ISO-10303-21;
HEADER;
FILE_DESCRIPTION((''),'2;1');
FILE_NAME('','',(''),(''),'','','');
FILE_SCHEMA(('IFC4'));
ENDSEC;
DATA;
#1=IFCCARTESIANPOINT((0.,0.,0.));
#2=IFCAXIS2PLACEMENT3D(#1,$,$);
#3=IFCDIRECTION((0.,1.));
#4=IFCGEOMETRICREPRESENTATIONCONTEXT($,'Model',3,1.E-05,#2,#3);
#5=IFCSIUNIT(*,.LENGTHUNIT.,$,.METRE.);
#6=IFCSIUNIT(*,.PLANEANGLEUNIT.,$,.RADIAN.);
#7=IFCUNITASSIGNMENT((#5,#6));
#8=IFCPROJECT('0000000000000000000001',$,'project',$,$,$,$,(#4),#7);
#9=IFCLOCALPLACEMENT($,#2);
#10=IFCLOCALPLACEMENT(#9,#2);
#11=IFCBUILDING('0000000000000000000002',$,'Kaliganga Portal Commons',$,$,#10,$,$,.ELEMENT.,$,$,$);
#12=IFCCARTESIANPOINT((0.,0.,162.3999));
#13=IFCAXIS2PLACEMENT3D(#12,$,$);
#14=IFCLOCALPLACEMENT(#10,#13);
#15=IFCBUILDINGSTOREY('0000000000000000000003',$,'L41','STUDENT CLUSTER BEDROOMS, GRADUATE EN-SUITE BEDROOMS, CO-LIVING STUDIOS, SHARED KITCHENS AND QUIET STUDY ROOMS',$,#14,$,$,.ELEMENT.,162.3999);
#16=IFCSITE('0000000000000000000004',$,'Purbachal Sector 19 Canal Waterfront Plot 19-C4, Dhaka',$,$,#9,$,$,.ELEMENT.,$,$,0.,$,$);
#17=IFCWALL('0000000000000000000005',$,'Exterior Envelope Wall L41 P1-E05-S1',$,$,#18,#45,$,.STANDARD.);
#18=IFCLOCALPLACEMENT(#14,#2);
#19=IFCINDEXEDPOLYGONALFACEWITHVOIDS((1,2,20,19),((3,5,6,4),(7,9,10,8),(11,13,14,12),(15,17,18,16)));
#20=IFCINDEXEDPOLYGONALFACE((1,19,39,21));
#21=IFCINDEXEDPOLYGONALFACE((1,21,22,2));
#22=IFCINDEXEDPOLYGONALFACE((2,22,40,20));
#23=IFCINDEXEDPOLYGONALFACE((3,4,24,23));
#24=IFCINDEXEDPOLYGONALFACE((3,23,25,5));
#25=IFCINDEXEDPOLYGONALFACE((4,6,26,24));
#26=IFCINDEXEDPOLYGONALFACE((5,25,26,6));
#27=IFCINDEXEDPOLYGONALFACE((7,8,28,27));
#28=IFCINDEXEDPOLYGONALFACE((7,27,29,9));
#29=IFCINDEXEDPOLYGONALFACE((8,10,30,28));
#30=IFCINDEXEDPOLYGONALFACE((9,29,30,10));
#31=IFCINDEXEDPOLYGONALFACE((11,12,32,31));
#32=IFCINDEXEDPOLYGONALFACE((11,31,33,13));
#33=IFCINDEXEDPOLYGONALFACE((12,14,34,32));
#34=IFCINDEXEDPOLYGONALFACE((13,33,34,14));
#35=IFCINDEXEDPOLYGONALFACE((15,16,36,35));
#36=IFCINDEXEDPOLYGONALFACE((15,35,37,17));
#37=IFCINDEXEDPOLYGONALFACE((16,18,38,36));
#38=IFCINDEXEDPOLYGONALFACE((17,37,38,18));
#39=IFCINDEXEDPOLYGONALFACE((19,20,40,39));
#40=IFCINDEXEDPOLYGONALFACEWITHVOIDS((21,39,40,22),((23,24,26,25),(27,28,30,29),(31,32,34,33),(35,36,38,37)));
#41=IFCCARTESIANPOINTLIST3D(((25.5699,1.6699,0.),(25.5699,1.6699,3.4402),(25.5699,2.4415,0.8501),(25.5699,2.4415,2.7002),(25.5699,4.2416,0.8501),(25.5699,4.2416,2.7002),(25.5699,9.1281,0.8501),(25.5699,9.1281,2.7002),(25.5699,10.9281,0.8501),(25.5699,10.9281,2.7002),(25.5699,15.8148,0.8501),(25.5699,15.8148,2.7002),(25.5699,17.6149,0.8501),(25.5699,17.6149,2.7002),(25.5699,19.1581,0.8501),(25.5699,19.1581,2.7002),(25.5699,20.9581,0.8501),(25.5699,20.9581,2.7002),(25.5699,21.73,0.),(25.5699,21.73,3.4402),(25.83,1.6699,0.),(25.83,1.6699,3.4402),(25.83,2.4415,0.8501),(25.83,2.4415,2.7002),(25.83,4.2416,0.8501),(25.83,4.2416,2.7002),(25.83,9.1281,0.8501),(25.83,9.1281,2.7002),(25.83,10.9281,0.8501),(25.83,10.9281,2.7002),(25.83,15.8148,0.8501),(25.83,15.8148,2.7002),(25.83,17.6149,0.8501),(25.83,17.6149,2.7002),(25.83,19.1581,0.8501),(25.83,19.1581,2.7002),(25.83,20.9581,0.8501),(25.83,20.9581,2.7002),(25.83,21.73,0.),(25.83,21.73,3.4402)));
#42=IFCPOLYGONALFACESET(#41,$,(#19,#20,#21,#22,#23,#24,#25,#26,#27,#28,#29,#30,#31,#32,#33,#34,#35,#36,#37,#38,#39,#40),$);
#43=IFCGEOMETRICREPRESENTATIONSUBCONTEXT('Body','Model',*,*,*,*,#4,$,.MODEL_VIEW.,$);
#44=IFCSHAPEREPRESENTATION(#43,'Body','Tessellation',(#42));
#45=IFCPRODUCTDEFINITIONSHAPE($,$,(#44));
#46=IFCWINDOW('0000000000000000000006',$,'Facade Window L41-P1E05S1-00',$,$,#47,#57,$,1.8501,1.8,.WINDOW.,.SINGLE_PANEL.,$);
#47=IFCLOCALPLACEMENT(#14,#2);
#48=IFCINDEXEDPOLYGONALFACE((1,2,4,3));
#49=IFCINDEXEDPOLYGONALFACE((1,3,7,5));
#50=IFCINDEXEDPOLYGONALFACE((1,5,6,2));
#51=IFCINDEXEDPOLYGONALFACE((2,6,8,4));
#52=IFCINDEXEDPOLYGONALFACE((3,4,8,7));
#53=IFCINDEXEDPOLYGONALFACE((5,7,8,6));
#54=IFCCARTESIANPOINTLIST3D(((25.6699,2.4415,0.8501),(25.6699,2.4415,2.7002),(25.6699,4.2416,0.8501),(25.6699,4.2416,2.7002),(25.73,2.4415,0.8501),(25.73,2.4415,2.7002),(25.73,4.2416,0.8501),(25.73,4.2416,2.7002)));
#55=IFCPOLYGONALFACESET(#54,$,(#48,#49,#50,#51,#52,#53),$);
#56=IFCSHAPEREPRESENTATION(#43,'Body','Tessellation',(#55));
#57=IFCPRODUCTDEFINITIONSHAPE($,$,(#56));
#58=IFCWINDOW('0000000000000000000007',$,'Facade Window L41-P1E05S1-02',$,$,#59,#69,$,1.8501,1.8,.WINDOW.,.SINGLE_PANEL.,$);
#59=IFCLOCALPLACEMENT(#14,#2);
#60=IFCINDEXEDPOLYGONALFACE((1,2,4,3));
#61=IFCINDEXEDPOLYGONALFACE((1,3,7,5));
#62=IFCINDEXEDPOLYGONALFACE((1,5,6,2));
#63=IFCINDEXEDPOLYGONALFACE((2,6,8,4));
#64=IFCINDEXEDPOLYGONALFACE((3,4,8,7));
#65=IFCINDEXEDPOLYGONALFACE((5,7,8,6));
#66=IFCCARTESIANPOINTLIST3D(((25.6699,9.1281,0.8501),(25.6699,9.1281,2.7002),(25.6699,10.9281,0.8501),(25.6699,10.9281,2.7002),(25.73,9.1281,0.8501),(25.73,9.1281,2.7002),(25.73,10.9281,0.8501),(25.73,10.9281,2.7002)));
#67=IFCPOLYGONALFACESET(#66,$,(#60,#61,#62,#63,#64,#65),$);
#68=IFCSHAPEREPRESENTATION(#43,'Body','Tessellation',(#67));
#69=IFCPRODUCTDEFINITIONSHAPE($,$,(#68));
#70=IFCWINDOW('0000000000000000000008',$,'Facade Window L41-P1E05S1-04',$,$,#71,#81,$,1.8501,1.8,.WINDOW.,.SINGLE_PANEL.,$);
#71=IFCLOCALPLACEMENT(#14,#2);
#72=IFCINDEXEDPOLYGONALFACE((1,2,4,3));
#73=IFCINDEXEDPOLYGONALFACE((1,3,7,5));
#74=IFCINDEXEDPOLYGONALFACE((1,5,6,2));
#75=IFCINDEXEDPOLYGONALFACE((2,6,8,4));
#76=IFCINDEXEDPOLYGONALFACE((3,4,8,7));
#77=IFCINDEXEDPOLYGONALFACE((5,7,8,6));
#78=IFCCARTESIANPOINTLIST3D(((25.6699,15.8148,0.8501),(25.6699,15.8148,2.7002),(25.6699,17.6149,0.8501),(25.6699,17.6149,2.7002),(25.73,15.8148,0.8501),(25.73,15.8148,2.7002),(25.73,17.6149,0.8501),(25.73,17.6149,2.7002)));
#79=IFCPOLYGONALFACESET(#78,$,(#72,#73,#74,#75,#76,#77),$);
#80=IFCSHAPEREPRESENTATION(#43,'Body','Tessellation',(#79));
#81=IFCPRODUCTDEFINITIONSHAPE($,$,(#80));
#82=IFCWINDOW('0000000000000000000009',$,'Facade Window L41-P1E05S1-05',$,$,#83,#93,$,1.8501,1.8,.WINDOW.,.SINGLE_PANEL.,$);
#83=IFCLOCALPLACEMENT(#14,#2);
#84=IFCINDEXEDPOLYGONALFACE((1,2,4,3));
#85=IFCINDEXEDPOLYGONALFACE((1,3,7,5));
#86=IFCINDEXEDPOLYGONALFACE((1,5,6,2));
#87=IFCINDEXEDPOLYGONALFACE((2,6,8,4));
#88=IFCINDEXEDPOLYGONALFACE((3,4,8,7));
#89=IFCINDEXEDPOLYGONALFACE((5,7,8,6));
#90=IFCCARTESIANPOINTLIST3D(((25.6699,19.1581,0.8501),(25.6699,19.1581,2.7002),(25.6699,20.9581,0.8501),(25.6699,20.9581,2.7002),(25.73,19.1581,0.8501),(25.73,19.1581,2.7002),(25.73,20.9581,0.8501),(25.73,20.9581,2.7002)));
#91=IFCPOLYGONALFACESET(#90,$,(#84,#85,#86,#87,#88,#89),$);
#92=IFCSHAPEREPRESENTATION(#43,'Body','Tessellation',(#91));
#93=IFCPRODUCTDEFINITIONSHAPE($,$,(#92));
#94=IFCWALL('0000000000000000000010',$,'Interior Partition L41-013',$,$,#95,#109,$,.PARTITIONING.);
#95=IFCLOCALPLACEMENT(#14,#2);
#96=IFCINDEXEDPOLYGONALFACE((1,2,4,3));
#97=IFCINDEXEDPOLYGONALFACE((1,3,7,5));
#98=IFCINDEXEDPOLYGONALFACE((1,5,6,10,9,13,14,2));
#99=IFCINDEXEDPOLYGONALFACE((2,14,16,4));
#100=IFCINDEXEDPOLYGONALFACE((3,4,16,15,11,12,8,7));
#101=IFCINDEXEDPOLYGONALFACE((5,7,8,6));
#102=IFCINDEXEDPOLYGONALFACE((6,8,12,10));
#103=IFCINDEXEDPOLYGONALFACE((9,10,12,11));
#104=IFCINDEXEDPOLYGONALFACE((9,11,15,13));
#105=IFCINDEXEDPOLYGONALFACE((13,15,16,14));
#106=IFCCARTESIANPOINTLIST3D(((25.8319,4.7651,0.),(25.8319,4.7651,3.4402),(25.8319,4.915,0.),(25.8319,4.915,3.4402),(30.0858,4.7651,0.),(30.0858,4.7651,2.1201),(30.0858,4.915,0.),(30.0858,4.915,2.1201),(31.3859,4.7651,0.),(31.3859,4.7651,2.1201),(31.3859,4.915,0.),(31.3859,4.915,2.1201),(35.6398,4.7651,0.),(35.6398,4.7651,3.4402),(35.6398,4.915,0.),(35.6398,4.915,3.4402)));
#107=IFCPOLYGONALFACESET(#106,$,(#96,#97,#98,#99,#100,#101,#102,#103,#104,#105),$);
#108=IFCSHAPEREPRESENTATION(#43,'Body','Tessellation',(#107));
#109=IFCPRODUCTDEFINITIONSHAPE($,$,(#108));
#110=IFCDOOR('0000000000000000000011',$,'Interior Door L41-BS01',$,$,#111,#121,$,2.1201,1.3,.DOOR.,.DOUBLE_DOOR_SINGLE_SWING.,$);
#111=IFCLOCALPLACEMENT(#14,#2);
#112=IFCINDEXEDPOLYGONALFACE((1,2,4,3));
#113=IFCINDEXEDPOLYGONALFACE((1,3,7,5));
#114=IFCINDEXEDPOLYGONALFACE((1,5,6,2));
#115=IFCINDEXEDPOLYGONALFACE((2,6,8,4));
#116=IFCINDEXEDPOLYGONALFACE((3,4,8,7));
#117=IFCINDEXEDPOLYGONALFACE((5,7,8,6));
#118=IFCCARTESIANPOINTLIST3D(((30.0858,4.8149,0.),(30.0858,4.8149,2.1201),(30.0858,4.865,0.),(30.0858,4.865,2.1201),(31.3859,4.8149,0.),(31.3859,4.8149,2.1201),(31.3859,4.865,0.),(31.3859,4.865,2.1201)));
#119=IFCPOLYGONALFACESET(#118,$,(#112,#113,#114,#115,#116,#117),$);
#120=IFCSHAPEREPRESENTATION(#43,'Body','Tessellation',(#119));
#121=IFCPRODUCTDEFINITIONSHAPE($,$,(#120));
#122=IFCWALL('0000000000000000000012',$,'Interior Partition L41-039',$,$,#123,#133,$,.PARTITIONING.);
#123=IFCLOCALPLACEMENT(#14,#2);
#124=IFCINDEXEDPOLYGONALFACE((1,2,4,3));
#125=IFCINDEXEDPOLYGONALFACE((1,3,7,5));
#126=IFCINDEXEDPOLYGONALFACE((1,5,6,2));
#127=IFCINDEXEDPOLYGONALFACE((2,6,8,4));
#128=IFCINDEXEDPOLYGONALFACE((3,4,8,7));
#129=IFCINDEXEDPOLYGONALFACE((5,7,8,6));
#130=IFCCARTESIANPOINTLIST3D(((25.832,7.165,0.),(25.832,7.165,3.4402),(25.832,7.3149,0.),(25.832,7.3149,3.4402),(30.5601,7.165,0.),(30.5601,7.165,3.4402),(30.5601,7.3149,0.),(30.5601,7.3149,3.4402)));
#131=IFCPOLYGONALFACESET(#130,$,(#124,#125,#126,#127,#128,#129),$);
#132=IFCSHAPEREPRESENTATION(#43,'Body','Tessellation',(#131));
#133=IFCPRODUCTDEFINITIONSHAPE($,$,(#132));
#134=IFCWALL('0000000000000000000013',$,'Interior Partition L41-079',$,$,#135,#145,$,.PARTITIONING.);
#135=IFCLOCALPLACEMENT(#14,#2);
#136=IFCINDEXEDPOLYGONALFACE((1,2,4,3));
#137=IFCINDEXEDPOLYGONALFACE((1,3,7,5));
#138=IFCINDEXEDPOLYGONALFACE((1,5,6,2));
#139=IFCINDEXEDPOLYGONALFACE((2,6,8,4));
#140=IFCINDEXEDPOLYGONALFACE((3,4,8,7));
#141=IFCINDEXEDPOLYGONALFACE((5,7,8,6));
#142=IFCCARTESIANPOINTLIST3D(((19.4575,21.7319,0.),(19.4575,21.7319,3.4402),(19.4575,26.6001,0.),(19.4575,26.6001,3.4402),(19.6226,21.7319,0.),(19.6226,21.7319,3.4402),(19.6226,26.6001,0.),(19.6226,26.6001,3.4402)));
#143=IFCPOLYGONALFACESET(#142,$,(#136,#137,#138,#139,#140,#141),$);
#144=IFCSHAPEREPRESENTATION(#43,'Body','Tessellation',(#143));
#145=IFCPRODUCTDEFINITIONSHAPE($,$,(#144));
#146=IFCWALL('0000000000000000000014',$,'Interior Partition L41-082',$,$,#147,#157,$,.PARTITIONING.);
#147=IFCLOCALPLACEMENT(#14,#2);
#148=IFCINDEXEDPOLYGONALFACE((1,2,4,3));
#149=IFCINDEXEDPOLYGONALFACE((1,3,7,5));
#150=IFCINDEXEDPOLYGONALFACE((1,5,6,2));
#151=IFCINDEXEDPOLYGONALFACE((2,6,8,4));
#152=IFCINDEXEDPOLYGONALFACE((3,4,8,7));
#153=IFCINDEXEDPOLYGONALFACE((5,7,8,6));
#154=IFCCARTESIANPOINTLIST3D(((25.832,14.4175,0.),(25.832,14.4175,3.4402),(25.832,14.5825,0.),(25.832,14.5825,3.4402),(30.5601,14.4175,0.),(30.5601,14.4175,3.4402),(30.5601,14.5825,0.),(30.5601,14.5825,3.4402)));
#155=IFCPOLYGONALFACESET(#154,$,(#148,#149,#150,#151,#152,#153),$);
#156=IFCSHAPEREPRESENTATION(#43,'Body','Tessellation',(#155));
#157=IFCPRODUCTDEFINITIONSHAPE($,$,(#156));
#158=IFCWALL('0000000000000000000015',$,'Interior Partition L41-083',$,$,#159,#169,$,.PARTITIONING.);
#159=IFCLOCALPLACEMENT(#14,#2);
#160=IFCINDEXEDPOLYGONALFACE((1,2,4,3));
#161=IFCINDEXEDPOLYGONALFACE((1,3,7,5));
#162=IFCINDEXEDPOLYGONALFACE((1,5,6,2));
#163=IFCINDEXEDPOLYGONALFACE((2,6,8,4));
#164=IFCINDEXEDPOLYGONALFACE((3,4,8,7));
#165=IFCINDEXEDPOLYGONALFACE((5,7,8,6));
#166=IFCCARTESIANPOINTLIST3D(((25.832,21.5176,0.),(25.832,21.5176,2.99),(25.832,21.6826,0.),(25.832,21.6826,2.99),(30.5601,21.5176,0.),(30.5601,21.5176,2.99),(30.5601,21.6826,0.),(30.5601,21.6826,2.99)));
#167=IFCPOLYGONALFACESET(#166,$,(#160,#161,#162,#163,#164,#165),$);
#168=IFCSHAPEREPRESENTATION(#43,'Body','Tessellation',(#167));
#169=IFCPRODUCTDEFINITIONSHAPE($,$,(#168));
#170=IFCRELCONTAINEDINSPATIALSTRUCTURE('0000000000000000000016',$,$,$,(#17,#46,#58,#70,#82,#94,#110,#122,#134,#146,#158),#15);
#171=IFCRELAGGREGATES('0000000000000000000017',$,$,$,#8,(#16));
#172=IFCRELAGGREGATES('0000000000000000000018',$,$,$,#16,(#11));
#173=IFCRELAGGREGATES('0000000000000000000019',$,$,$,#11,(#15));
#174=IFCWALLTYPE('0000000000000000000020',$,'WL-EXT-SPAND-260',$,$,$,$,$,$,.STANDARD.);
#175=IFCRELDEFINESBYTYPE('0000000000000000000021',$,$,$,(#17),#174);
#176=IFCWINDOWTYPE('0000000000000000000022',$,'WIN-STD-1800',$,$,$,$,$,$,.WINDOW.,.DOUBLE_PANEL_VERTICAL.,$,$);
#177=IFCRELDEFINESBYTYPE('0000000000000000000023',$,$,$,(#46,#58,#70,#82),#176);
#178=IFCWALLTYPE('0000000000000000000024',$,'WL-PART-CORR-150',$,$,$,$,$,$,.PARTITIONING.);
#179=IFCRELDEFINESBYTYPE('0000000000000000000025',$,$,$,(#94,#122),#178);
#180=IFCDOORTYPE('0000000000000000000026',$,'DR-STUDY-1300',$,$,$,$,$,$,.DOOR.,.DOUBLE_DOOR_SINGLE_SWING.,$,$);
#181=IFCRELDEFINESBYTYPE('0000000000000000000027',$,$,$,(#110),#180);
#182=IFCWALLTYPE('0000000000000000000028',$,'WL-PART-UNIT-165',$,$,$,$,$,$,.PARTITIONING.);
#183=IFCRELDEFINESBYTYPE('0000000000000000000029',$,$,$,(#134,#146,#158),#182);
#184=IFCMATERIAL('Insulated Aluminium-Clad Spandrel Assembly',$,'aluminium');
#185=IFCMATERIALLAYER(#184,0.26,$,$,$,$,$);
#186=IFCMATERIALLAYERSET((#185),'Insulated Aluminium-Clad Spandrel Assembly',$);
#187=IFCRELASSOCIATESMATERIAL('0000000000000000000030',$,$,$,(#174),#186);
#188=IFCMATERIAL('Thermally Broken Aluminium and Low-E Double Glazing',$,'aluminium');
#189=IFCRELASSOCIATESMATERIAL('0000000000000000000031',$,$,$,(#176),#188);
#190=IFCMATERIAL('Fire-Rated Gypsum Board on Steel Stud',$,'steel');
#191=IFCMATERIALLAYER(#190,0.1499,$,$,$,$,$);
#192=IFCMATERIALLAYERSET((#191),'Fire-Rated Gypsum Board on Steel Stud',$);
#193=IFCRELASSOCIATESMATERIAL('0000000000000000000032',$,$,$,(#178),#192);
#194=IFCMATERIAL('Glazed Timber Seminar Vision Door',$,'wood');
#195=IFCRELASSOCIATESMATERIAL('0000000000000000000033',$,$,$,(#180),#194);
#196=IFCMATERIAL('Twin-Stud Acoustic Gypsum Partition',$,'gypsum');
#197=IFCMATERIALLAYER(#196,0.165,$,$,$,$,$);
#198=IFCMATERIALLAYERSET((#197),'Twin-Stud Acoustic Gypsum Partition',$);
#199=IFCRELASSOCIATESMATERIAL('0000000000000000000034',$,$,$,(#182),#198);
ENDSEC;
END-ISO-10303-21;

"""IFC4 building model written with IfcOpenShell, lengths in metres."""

from ifc_helpers import new_model, si_unit, direction, frame, frame_2d, origin, place, context, subcontext, project, spatial, rectangle, extrude, material, layer, layer_set, type_object, element, fill, save


model = new_model("IFC4")

# Units and contexts
model_context = context("Model", 3, precision=1e-05, world=origin(), true_north=direction((0.0, 1.0)))
body_context = subcontext(model_context, "Body", "Model", "MODEL_VIEW")
ifc_project = project(units=[si_unit("LENGTHUNIT", "METRE"), si_unit("PLANEANGLEUNIT", "RADIAN")], contexts=[model_context])

# Site, building, storey
site_placement = place(None, origin())
site = spatial("IfcSite", under=ifc_project, at=site_placement, Name="Purbachal Sector 19 Canal Waterfront Plot 19-C4, Dhaka", CompositionType="ELEMENT", RefElevation=0.0)
building_placement = place(site_placement, origin())
building = spatial("IfcBuilding", under=site, at=building_placement, Name="Kaliganga Portal Commons", CompositionType="ELEMENT")
storey_placement = place(building_placement, frame((0.0, 0.0, 162.3999)))
storey = spatial("IfcBuildingStorey", under=building, at=storey_placement, Name="L41", Description="STUDENT CLUSTER BEDROOMS, GRADUATE EN-SUITE BEDROOMS, CO-LIVING STUDIOS, SHARED KITCHENS AND QUIET STUDY ROOMS", CompositionType="ELEMENT", Elevation=162.3999)

# Shared definitions
ifc_material_1 = material(Name="Insulated Aluminium-Clad Spandrel Assembly", Category="aluminium")
ifc_layer_1 = layer(ifc_material_1, 0.26)
ifc_layer_set_1 = layer_set([ifc_layer_1], Name="Insulated Aluminium-Clad Spandrel Assembly")
wall_type_1 = type_object("IfcWallType", Name="WL-EXT-SPAND-260", PredefinedType="STANDARD", material=ifc_layer_set_1)
ifc_material_2 = material(Name="Thermally Broken Aluminium and Low-E Double Glazing", Category="aluminium")

# Wall, openings, windows
wall_1_placement = place(storey_placement, frame((25.7, 1.6699, 0.0), z_axis=(0.0, 0.0, 1.0), x_axis=(0.0, 1.0, 0.0)))
wall_1 = element("IfcWall", 1, at=wall_1_placement, inside=storey, type_object=wall_type_1, Name="Exterior Envelope Wall L41 P1-E05-S1", PredefinedType="STANDARD", context=body_context, shape_type="SweptSolid", body=[
    extrude(rectangle(XDim=20.0601, YDim=0.26, at=frame_2d((10.03, 0.0))), origin(), (0.0, 0.0, 1.0), 3.4402),
])
opening_1_placement = place(wall_1_placement, frame((0.7717, 0.0, 0.8501)))
opening_1 = element("IfcOpeningElement", 2, at=opening_1_placement, cuts=wall_1, PredefinedType="OPENING", context=body_context, shape_type="SweptSolid", body=[
    extrude(rectangle(XDim=1.8, YDim=1.8501, at=frame_2d((0.8999, 0.925))), frame((0.0, 0.1401, 0.0), z_axis=(0.0, -1.0, 0.0), x_axis=(1.0, 0.0, 0.0)), (0.0, 0.0, 1.0), 0.28),
])
opening_2_placement = place(wall_1_placement, frame((7.4583, 0.0, 0.8501)))
opening_2 = element("IfcOpeningElement", 3, at=opening_2_placement, cuts=wall_1, PredefinedType="OPENING", context=body_context, shape_type="SweptSolid", body=[
    extrude(rectangle(XDim=1.8, YDim=1.8501, at=frame_2d((0.8999, 0.925))), frame((0.0, 0.1401, 0.0), z_axis=(0.0, -1.0, 0.0), x_axis=(1.0, 0.0, 0.0)), (0.0, 0.0, 1.0), 0.28),
])
opening_3_placement = place(wall_1_placement, frame((14.145, 0.0, 0.8501)))
opening_3 = element("IfcOpeningElement", 4, at=opening_3_placement, cuts=wall_1, PredefinedType="OPENING", context=body_context, shape_type="SweptSolid", body=[
    extrude(rectangle(XDim=1.8, YDim=1.8501, at=frame_2d((0.8999, 0.925))), frame((0.0, 0.1401, 0.0), z_axis=(0.0, -1.0, 0.0), x_axis=(1.0, 0.0, 0.0)), (0.0, 0.0, 1.0), 0.28),
])
opening_4_placement = place(wall_1_placement, frame((17.4883, 0.0, 0.8501)))
opening_4 = element("IfcOpeningElement", 5, at=opening_4_placement, cuts=wall_1, PredefinedType="OPENING", context=body_context, shape_type="SweptSolid", body=[
    extrude(rectangle(XDim=1.8, YDim=1.8501, at=frame_2d((0.8999, 0.925))), frame((0.0, 0.1401, 0.0), z_axis=(0.0, -1.0, 0.0), x_axis=(1.0, 0.0, 0.0)), (0.0, 0.0, 1.0), 0.28),
])
window_type_1 = type_object("IfcWindowType", Name="WIN-STD-1800", PartitioningType="DOUBLE_PANEL_VERTICAL", PredefinedType="WINDOW", material=ifc_material_2)
window_1_placement = place(opening_1_placement, origin())
window_1 = element("IfcWindow", 6, at=window_1_placement, inside=storey, type_object=window_type_1, Name="Facade Window L41-P1E05S1-00", OverallHeight=1.8501, OverallWidth=1.8, PartitioningType="SINGLE_PANEL", PredefinedType="WINDOW", context=body_context, shape_type="SweptSolid", body=[
    extrude(rectangle(XDim=1.8, YDim=1.8501, at=frame_2d((0.8999, 0.925))), frame((0.0, 0.03, 0.0), z_axis=(0.0, -1.0, 0.0), x_axis=(1.0, 0.0, 0.0)), (0.0, 0.0, 1.0), 0.0601),
])
fill(opening_1, window_1)
window_2_placement = place(opening_2_placement, origin())
window_2 = element("IfcWindow", 7, at=window_2_placement, inside=storey, type_object=window_type_1, Name="Facade Window L41-P1E05S1-02", OverallHeight=1.8501, OverallWidth=1.8, PartitioningType="SINGLE_PANEL", PredefinedType="WINDOW", context=body_context, shape_type="SweptSolid", body=[
    extrude(rectangle(XDim=1.8, YDim=1.8501, at=frame_2d((0.8999, 0.925))), frame((0.0, 0.03, 0.0), z_axis=(0.0, -1.0, 0.0), x_axis=(1.0, 0.0, 0.0)), (0.0, 0.0, 1.0), 0.0601),
])
fill(opening_2, window_2)
window_3_placement = place(opening_3_placement, origin())
window_3 = element("IfcWindow", 8, at=window_3_placement, inside=storey, type_object=window_type_1, Name="Facade Window L41-P1E05S1-04", OverallHeight=1.8501, OverallWidth=1.8, PartitioningType="SINGLE_PANEL", PredefinedType="WINDOW", context=body_context, shape_type="SweptSolid", body=[
    extrude(rectangle(XDim=1.8, YDim=1.8501, at=frame_2d((0.8999, 0.925))), frame((0.0, 0.03, 0.0), z_axis=(0.0, -1.0, 0.0), x_axis=(1.0, 0.0, 0.0)), (0.0, 0.0, 1.0), 0.0601),
])
fill(opening_3, window_3)
window_4_placement = place(opening_4_placement, origin())
window_4 = element("IfcWindow", 9, at=window_4_placement, inside=storey, type_object=window_type_1, Name="Facade Window L41-P1E05S1-05", OverallHeight=1.8501, OverallWidth=1.8, PartitioningType="SINGLE_PANEL", PredefinedType="WINDOW", context=body_context, shape_type="SweptSolid", body=[
    extrude(rectangle(XDim=1.8, YDim=1.8501, at=frame_2d((0.8999, 0.925))), frame((0.0, 0.03, 0.0), z_axis=(0.0, -1.0, 0.0), x_axis=(1.0, 0.0, 0.0)), (0.0, 0.0, 1.0), 0.0601),
])
fill(opening_4, window_4)

# Wall, opening, door
ifc_material_3 = material(Name="Fire-Rated Gypsum Board on Steel Stud", Category="steel")
ifc_layer_2 = layer(ifc_material_3, 0.1499)
ifc_layer_set_2 = layer_set([ifc_layer_2], Name="Fire-Rated Gypsum Board on Steel Stud")
wall_type_2 = type_object("IfcWallType", Name="WL-PART-CORR-150", PredefinedType="PARTITIONING", material=ifc_layer_set_2)
wall_2_placement = place(storey_placement, frame((25.832, 4.8401, 0.0), z_axis=(0.0, 0.0, 1.0), x_axis=(1.0, 0.0, 0.0)))
wall_2 = element("IfcWall", 10, at=wall_2_placement, inside=storey, type_object=wall_type_2, Name="Interior Partition L41-013", PredefinedType="PARTITIONING", context=body_context, shape_type="SweptSolid", body=[
    extrude(rectangle(XDim=9.8079, YDim=0.1499, at=frame_2d((4.9038, 0.0))), origin(), (0.0, 0.0, 1.0), 3.4402),
])
opening_5_placement = place(wall_2_placement, frame((4.2539, 0.0, 0.0)))
opening_5 = element("IfcOpeningElement", 11, at=opening_5_placement, cuts=wall_2, PredefinedType="OPENING", context=body_context, shape_type="SweptSolid", body=[
    extrude(rectangle(XDim=1.3, YDim=2.1201, at=frame_2d((0.6499, 1.0601))), frame((0.0, 0.085, 0.0), z_axis=(0.0, -1.0, 0.0), x_axis=(1.0, 0.0, 0.0)), (0.0, 0.0, 1.0), 0.1699),
])
ifc_material_4 = material(Name="Glazed Timber Seminar Vision Door", Category="wood")
door_type = type_object("IfcDoorType", Name="DR-STUDY-1300", OperationType="DOUBLE_DOOR_SINGLE_SWING", PredefinedType="DOOR", material=ifc_material_4)
door_placement = place(opening_5_placement, origin())
door = element("IfcDoor", 12, at=door_placement, inside=storey, type_object=door_type, Name="Interior Door L41-BS01", OperationType="DOUBLE_DOOR_SINGLE_SWING", OverallHeight=2.1201, OverallWidth=1.3, PredefinedType="DOOR", context=body_context, shape_type="SweptSolid", body=[
    extrude(rectangle(XDim=1.3, YDim=2.1201, at=frame_2d((0.6499, 1.0601))), frame((0.0, 0.0249, 0.0), z_axis=(0.0, -1.0, 0.0), x_axis=(1.0, 0.0, 0.0)), (0.0, 0.0, 1.0), 0.05),
])
fill(opening_5, door)

# Walls
wall_3_placement = place(storey_placement, frame((25.832, 7.24, 0.0), z_axis=(0.0, 0.0, 1.0), x_axis=(1.0, 0.0, 0.0)))
element("IfcWall", 13, at=wall_3_placement, inside=storey, type_object=wall_type_2, Name="Interior Partition L41-039", PredefinedType="PARTITIONING", context=body_context, shape_type="SweptSolid", body=[
    extrude(rectangle(XDim=4.728, YDim=0.1499, at=frame_2d((2.364, 0.0))), origin(), (0.0, 0.0, 1.0), 3.4402),
])
ifc_material_5 = material(Name="Twin-Stud Acoustic Gypsum Partition", Category="gypsum")
ifc_layer_3 = layer(ifc_material_5, 0.165)
ifc_layer_set_3 = layer_set([ifc_layer_3], Name="Twin-Stud Acoustic Gypsum Partition")
wall_type_3 = type_object("IfcWallType", Name="WL-PART-UNIT-165", PredefinedType="PARTITIONING", material=ifc_layer_set_3)
wall_4_placement = place(storey_placement, frame((19.54, 21.7319, 0.0), z_axis=(0.0, 0.0, 1.0), x_axis=(0.0, 1.0, 0.0)))
element("IfcWall", 14, at=wall_4_placement, inside=storey, type_object=wall_type_3, Name="Interior Partition L41-079", PredefinedType="PARTITIONING", context=body_context, shape_type="SweptSolid", body=[
    extrude(rectangle(XDim=4.8682, YDim=0.165, at=frame_2d((2.4341, 0.0))), origin(), (0.0, 0.0, 1.0), 3.4402),
])
wall_5_placement = place(storey_placement, frame((25.832, 14.5, 0.0), z_axis=(0.0, 0.0, 1.0), x_axis=(1.0, 0.0, 0.0)))
element("IfcWall", 15, at=wall_5_placement, inside=storey, type_object=wall_type_3, Name="Interior Partition L41-082", PredefinedType="PARTITIONING", context=body_context, shape_type="SweptSolid", body=[
    extrude(rectangle(XDim=4.728, YDim=0.165, at=frame_2d((2.364, 0.0))), origin(), (0.0, 0.0, 1.0), 3.4402),
])
wall_6_placement = place(storey_placement, frame((25.832, 21.6001, 0.0), z_axis=(0.0, 0.0, 1.0), x_axis=(1.0, 0.0, 0.0)))
element("IfcWall", 16, at=wall_6_placement, inside=storey, type_object=wall_type_3, Name="Interior Partition L41-083", PredefinedType="PARTITIONING", context=body_context, shape_type="SweptSolid", body=[
    extrude(rectangle(XDim=4.728, YDim=0.165, at=frame_2d((2.364, 0.0))), origin(), (0.0, 0.0, 1.0), 2.99),
])

save(model, "model.ifc")
